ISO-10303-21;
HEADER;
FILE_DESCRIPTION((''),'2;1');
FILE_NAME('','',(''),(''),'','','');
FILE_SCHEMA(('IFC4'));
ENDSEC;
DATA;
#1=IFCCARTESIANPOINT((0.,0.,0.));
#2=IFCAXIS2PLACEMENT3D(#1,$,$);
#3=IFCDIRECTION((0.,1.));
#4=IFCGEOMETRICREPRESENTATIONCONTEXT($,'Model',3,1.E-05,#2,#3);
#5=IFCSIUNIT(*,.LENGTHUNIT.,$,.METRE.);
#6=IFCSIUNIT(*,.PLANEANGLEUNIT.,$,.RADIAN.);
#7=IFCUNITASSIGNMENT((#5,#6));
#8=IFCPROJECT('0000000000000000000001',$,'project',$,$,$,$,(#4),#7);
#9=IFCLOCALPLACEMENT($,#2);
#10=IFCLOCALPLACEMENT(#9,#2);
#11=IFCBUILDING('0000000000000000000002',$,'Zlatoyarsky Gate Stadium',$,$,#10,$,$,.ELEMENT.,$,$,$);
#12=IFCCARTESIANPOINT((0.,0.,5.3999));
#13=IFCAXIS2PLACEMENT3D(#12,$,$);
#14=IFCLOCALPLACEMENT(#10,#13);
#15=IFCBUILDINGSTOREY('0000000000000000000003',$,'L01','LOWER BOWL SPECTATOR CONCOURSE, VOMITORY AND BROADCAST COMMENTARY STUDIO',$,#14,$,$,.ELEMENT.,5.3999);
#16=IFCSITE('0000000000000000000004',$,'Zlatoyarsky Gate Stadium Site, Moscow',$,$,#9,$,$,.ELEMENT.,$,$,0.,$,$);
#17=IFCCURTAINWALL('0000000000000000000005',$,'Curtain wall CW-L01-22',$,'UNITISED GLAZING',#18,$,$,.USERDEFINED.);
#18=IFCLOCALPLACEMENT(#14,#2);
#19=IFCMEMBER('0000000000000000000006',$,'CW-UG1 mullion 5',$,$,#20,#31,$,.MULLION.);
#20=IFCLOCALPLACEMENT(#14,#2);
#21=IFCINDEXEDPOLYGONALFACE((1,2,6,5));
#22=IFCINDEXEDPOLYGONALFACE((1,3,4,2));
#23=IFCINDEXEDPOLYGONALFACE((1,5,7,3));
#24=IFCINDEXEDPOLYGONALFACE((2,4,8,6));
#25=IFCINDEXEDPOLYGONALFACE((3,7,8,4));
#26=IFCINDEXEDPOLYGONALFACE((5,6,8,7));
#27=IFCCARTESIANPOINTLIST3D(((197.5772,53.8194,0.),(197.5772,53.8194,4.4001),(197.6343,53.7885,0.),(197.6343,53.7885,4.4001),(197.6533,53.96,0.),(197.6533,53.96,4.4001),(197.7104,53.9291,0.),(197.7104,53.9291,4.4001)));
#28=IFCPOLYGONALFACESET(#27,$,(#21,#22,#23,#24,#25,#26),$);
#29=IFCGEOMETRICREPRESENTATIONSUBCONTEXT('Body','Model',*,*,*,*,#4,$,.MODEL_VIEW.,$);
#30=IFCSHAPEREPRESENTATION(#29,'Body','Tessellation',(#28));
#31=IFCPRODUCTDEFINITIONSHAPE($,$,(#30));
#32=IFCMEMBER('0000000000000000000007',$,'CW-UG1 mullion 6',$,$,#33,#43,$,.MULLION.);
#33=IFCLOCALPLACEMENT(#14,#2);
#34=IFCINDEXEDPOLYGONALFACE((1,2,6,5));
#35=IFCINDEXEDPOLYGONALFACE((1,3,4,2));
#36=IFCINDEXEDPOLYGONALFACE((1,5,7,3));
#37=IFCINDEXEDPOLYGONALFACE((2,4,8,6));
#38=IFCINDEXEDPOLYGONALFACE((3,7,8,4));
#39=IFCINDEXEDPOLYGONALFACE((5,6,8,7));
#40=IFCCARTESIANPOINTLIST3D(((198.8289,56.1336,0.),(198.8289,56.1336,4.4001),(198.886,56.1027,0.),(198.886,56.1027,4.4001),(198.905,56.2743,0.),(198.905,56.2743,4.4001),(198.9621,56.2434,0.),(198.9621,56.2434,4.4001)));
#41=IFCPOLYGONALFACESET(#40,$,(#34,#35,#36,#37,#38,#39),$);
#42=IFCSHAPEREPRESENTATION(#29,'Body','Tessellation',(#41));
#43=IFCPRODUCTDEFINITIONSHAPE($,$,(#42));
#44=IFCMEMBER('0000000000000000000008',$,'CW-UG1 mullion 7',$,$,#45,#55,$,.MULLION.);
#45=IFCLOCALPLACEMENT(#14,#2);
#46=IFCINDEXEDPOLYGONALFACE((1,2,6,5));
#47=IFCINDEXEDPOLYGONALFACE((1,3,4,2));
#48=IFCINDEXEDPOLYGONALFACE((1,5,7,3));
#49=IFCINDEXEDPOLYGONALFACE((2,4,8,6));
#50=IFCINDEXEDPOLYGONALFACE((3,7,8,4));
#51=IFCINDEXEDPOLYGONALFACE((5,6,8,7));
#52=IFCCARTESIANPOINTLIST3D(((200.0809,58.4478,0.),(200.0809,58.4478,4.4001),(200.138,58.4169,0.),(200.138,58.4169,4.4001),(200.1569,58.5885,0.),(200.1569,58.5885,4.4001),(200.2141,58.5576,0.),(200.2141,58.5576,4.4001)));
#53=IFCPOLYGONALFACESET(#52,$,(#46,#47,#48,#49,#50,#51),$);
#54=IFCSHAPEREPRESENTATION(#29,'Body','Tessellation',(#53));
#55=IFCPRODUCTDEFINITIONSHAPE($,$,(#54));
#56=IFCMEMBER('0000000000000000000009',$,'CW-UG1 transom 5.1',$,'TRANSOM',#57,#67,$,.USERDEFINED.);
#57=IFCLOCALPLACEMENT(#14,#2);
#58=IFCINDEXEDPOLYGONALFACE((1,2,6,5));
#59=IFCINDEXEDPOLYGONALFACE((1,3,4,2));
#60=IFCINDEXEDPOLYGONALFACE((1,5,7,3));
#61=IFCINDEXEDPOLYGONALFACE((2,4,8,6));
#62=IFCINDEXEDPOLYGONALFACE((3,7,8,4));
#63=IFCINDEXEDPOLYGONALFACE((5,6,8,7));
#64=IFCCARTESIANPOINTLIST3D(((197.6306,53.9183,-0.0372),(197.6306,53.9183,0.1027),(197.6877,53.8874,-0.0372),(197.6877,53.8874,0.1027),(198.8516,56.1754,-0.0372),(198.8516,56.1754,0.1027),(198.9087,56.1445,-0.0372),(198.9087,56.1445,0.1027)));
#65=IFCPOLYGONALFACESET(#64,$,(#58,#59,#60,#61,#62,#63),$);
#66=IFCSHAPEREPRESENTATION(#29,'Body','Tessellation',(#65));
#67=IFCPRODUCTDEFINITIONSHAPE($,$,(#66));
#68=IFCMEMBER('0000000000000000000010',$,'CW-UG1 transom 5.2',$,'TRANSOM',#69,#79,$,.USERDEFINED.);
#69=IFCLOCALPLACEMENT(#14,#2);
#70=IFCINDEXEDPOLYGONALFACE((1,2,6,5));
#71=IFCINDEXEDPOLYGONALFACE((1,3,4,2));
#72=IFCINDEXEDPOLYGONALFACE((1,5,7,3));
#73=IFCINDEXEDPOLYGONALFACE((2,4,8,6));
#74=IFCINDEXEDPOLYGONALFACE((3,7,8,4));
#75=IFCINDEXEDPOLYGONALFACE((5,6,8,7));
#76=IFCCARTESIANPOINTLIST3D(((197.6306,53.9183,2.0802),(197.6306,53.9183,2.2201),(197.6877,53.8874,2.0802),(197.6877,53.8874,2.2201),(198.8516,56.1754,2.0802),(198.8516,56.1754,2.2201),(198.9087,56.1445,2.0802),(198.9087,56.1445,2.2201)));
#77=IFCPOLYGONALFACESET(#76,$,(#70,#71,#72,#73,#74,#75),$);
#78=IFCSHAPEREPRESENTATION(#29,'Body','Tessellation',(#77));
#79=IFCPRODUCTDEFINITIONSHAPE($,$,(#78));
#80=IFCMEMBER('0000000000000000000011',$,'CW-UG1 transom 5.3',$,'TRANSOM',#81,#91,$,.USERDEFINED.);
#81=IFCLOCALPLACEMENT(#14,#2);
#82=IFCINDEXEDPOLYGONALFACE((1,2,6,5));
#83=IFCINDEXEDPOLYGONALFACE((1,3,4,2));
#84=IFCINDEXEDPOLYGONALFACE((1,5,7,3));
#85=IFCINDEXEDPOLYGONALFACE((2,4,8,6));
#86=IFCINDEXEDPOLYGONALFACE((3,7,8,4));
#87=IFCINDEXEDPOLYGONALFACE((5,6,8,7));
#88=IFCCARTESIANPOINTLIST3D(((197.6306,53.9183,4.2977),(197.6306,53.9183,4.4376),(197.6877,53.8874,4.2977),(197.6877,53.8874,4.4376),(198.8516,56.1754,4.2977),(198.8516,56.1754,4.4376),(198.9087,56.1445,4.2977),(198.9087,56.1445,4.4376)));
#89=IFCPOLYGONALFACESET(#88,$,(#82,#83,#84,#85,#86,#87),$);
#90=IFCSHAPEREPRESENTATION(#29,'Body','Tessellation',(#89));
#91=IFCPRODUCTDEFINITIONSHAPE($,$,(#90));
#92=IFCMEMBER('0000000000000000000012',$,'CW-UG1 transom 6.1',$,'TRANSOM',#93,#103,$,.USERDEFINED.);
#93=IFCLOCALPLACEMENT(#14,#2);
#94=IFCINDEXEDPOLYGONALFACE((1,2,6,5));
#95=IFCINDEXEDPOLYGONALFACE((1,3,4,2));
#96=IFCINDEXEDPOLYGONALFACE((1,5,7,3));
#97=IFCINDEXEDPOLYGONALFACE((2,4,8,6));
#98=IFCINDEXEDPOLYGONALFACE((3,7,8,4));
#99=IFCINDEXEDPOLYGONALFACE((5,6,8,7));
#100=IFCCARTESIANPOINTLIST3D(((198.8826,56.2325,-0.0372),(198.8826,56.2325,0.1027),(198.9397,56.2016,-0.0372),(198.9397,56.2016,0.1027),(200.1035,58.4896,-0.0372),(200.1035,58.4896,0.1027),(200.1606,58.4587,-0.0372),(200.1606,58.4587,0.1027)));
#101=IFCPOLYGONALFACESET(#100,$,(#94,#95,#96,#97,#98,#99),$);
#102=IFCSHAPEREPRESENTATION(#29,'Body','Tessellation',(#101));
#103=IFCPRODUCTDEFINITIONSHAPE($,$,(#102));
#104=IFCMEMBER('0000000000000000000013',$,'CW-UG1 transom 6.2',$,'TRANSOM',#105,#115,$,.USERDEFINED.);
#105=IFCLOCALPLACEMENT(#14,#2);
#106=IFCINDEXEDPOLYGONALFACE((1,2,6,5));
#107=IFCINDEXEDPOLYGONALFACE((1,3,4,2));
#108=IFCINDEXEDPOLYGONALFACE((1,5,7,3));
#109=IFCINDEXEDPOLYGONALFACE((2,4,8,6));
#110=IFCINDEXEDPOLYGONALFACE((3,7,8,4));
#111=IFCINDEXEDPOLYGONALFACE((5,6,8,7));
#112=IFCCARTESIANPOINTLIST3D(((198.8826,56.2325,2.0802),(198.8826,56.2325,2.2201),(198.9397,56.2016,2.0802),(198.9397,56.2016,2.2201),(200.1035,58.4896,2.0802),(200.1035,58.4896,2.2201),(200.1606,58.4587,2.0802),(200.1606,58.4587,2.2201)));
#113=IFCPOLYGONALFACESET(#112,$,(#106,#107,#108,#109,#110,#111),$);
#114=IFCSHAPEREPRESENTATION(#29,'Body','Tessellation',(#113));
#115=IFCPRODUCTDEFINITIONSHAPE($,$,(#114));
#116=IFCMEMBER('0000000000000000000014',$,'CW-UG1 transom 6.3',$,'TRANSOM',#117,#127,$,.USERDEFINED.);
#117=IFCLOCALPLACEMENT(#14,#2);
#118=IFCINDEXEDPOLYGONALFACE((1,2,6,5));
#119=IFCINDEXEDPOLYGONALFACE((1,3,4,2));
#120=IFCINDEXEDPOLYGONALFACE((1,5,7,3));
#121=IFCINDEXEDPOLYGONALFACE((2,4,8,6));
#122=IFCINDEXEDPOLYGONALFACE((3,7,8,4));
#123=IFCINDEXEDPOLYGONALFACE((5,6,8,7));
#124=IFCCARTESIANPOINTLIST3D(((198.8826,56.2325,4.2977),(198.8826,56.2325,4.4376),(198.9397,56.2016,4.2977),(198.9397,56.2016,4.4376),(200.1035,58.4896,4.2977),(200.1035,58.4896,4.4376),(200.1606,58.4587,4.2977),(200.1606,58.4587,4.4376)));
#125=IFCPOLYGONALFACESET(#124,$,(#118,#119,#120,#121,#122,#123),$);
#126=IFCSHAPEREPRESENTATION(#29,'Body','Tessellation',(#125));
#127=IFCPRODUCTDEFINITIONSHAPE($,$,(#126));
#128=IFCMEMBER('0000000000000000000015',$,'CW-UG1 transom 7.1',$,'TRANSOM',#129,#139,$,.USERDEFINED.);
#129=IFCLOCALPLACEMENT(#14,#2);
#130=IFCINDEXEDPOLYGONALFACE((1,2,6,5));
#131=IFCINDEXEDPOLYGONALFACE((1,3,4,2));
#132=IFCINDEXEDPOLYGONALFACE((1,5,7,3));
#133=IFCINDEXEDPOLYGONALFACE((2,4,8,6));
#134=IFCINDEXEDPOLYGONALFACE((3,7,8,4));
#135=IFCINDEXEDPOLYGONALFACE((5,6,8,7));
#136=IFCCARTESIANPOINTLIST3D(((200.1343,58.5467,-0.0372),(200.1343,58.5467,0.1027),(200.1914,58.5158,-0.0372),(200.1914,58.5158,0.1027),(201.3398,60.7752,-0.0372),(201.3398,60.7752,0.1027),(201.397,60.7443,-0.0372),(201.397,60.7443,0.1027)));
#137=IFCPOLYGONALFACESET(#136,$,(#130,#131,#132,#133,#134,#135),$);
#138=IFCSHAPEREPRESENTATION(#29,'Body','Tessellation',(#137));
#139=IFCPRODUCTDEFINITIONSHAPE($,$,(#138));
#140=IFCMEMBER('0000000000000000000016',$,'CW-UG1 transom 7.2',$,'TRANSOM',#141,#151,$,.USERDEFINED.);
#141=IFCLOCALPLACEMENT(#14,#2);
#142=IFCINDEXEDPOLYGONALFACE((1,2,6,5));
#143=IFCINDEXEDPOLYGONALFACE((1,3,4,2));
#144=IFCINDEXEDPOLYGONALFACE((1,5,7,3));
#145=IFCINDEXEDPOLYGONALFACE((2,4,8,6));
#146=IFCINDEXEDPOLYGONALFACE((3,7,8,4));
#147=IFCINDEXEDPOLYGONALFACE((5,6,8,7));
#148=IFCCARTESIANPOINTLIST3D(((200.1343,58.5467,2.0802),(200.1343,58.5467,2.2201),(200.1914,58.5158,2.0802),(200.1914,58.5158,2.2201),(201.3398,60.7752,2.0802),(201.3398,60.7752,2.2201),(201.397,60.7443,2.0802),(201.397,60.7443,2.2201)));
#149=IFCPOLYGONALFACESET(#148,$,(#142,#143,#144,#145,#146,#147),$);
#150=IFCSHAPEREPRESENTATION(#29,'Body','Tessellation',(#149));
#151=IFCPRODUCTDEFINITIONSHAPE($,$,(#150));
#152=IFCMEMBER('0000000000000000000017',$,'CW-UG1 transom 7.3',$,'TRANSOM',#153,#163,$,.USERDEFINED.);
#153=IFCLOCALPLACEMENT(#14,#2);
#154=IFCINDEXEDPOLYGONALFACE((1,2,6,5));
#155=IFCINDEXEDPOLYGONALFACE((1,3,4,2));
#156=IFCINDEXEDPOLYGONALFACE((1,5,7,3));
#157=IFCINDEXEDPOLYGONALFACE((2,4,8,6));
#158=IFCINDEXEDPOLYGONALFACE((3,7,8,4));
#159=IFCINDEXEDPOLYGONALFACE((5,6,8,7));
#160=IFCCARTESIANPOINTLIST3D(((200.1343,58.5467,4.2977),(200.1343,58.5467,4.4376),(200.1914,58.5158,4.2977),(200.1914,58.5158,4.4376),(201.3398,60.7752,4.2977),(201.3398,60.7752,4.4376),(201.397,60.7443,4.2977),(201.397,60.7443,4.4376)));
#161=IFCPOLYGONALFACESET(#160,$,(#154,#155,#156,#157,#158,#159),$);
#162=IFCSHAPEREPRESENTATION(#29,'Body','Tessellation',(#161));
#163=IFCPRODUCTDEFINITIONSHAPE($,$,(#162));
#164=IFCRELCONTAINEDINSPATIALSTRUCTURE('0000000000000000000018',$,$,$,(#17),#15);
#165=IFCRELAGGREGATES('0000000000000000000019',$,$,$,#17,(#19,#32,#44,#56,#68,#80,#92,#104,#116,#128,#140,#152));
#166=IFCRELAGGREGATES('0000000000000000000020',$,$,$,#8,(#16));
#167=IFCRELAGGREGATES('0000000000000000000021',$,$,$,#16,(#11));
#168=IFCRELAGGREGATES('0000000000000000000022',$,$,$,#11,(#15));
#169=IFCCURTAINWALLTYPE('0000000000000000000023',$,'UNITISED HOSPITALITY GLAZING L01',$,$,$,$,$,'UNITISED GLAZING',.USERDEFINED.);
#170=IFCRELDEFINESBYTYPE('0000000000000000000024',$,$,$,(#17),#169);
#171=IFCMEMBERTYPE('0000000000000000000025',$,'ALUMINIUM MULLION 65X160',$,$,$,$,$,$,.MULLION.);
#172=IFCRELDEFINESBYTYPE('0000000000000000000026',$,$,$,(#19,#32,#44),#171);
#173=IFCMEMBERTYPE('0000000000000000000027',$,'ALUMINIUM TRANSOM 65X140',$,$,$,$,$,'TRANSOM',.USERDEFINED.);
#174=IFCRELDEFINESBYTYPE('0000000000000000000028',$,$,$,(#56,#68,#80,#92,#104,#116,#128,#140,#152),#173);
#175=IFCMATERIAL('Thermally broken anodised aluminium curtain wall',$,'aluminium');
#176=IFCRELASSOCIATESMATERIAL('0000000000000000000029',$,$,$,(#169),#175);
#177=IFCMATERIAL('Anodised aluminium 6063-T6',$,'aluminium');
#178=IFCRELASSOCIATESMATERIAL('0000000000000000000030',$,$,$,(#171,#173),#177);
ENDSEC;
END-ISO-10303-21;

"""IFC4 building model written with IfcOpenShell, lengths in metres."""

from ifc_helpers import new_model, si_unit, direction, frame, origin, origin_2d, place, context, subcontext, project, spatial, rectangle, extrude, material, material_profile, profile_set, type_object, element, aggregate, save


model = new_model("IFC4")

# Units and contexts
model_context = context("Model", 3, precision=1e-05, world=origin(), true_north=direction((0.0, 1.0)))
body_context = subcontext(model_context, "Body", "Model", "MODEL_VIEW")
ifc_project = project(units=[si_unit("LENGTHUNIT", "METRE"), si_unit("PLANEANGLEUNIT", "RADIAN")], contexts=[model_context])

# Site, building, storey
site_placement = place(None, origin())
site = spatial("IfcSite", under=ifc_project, at=site_placement, Name="Zlatoyarsky Gate Stadium Site, Moscow", CompositionType="ELEMENT", RefElevation=0.0)
building_placement = place(site_placement, origin())
building = spatial("IfcBuilding", under=site, at=building_placement, Name="Zlatoyarsky Gate Stadium", CompositionType="ELEMENT")
storey_placement = place(building_placement, frame((0.0, 0.0, 5.3999)))
storey = spatial("IfcBuildingStorey", under=building, at=storey_placement, Name="L01", Description="LOWER BOWL SPECTATOR CONCOURSE, VOMITORY AND BROADCAST COMMENTARY STUDIO", CompositionType="ELEMENT", Elevation=5.3999)

# Curtain wall, members
ifc_material_1 = material(Name="Thermally broken anodised aluminium curtain wall", Category="aluminium")
curtain_wall_type = type_object("IfcCurtainWallType", Name="UNITISED HOSPITALITY GLAZING L01", ElementType="UNITISED GLAZING", PredefinedType="USERDEFINED", material=ifc_material_1)
curtain_wall_placement = place(storey_placement, origin())
curtain_wall = element("IfcCurtainWall", 1, at=curtain_wall_placement, inside=storey, type_object=curtain_wall_type, Name="Curtain wall CW-L01-22", ObjectType="UNITISED GLAZING", PredefinedType="USERDEFINED")
ifc_material_2 = material(Name="Anodised aluminium 6063-T6", Category="aluminium")
ifc_material_profile_1 = material_profile(ifc_material_2, rectangle(XDim=0.0649, YDim=0.1599, at=origin_2d()), Name="ALU 65X160")
ifc_profile_set_1 = profile_set([ifc_material_profile_1], Name="Anodised aluminium 6063-T6")
member_type_1 = type_object("IfcMemberType", Name="ALUMINIUM MULLION 65X160", PredefinedType="MULLION", material=ifc_profile_set_1)
member_1_placement = place(storey_placement, frame((197.6438, 53.8743, 0.0), z_axis=(0.0, 0.0, 1.0), x_axis=(-0.879562, 0.475784, 0.0)))
member_1 = element("IfcMember", 2, at=member_1_placement, type_object=member_type_1, Name="CW-UG1 mullion 5", PredefinedType="MULLION", context=body_context, shape_type="SweptSolid", body=[
    extrude(rectangle(XDim=0.0649, YDim=0.1599, at=origin_2d()), origin(), (0.0, 0.0, 1.0), 4.4001),
])
member_2_placement = place(storey_placement, frame((198.8955, 56.1885, 0.0), z_axis=(0.0, 0.0, 1.0), x_axis=(-0.879562, 0.475784, 0.0)))
member_2 = element("IfcMember", 3, at=member_2_placement, type_object=member_type_1, Name="CW-UG1 mullion 6", PredefinedType="MULLION", context=body_context, shape_type="SweptSolid", body=[
    extrude(rectangle(XDim=0.0649, YDim=0.1599, at=origin_2d()), origin(), (0.0, 0.0, 1.0), 4.4001),
])
member_3_placement = place(storey_placement, frame((200.1475, 58.5027, 0.0), z_axis=(0.0, 0.0, 1.0), x_axis=(-0.879562, 0.475784, 0.0)))
member_3 = element("IfcMember", 4, at=member_3_placement, type_object=member_type_1, Name="CW-UG1 mullion 7", PredefinedType="MULLION", context=body_context, shape_type="SweptSolid", body=[
    extrude(rectangle(XDim=0.0649, YDim=0.1599, at=origin_2d()), origin(), (0.0, 0.0, 1.0), 4.4001),
])
ifc_material_profile_2 = material_profile(ifc_material_2, rectangle(XDim=0.0649, YDim=0.1399, at=origin_2d()), Name="ALU 65X140")
ifc_profile_set_2 = profile_set([ifc_material_profile_2], Name="Anodised aluminium 6063-T6")
member_type_2 = type_object("IfcMemberType", Name="ALUMINIUM TRANSOM 65X140", ElementType="TRANSOM", PredefinedType="USERDEFINED", material=ifc_profile_set_2)
member_4_placement = place(storey_placement, frame((197.6592, 53.9028, 0.0327), z_axis=(0.47579, 0.879559, 0.0), x_axis=(-0.879559, 0.47579, 0.0)))
member_4 = element("IfcMember", 5, at=member_4_placement, type_object=member_type_2, Name="CW-UG1 transom 5.1", ObjectType="TRANSOM", PredefinedType="USERDEFINED", context=body_context, shape_type="SweptSolid", body=[
    extrude(rectangle(XDim=0.0649, YDim=0.1399, at=origin_2d()), origin(), (0.0, 0.0, 1.0), 2.5662),
])
member_5_placement = place(storey_placement, frame((197.6592, 53.9028, 2.1501), z_axis=(0.47579, 0.879559, 0.0), x_axis=(-0.879559, 0.47579, 0.0)))
member_5 = element("IfcMember", 6, at=member_5_placement, type_object=member_type_2, Name="CW-UG1 transom 5.2", ObjectType="TRANSOM", PredefinedType="USERDEFINED", context=body_context, shape_type="SweptSolid", body=[
    extrude(rectangle(XDim=0.0649, YDim=0.1399, at=origin_2d()), origin(), (0.0, 0.0, 1.0), 2.5662),
])
member_6_placement = place(storey_placement, frame((197.6592, 53.9028, 4.3677), z_axis=(0.47579, 0.879559, 0.0), x_axis=(-0.879559, 0.47579, 0.0)))
member_6 = element("IfcMember", 7, at=member_6_placement, type_object=member_type_2, Name="CW-UG1 transom 5.3", ObjectType="TRANSOM", PredefinedType="USERDEFINED", context=body_context, shape_type="SweptSolid", body=[
    extrude(rectangle(XDim=0.0649, YDim=0.1399, at=origin_2d()), origin(), (0.0, 0.0, 1.0), 2.5662),
])
member_7_placement = place(storey_placement, frame((198.9111, 56.217, 0.0327), z_axis=(0.47579, 0.879559, 0.0), x_axis=(-0.879559, 0.47579, 0.0)))
member_7 = element("IfcMember", 8, at=member_7_placement, type_object=member_type_2, Name="CW-UG1 transom 6.1", ObjectType="TRANSOM", PredefinedType="USERDEFINED", context=body_context, shape_type="SweptSolid", body=[
    extrude(rectangle(XDim=0.0649, YDim=0.1399, at=origin_2d()), origin(), (0.0, 0.0, 1.0), 2.5662),
])
member_8_placement = place(storey_placement, frame((198.9111, 56.217, 2.1501), z_axis=(0.47579, 0.879559, 0.0), x_axis=(-0.879559, 0.47579, 0.0)))
member_8 = element("IfcMember", 9, at=member_8_placement, type_object=member_type_2, Name="CW-UG1 transom 6.2", ObjectType="TRANSOM", PredefinedType="USERDEFINED", context=body_context, shape_type="SweptSolid", body=[
    extrude(rectangle(XDim=0.0649, YDim=0.1399, at=origin_2d()), origin(), (0.0, 0.0, 1.0), 2.5662),
])
member_9_placement = place(storey_placement, frame((198.9111, 56.217, 4.3677), z_axis=(0.47579, 0.879559, 0.0), x_axis=(-0.879559, 0.47579, 0.0)))
member_9 = element("IfcMember", 10, at=member_9_placement, type_object=member_type_2, Name="CW-UG1 transom 6.3", ObjectType="TRANSOM", PredefinedType="USERDEFINED", context=body_context, shape_type="SweptSolid", body=[
    extrude(rectangle(XDim=0.0649, YDim=0.1399, at=origin_2d()), origin(), (0.0, 0.0, 1.0), 2.5662),
])
member_10_placement = place(storey_placement, frame((200.1628, 58.5312, 0.0327), z_axis=(0.475811, 0.879547, 0.0), x_axis=(-0.879547, 0.475811, 0.0)))
member_10 = element("IfcMember", 11, at=member_10_placement, type_object=member_type_2, Name="CW-UG1 transom 7.1", ObjectType="TRANSOM", PredefinedType="USERDEFINED", context=body_context, shape_type="SweptSolid", body=[
    extrude(rectangle(XDim=0.0649, YDim=0.1399, at=origin_2d()), origin(), (0.0, 0.0, 1.0), 2.5337),
])
member_11_placement = place(storey_placement, frame((200.1628, 58.5312, 2.1501), z_axis=(0.475811, 0.879547, 0.0), x_axis=(-0.879547, 0.475811, 0.0)))
member_11 = element("IfcMember", 12, at=member_11_placement, type_object=member_type_2, Name="CW-UG1 transom 7.2", ObjectType="TRANSOM", PredefinedType="USERDEFINED", context=body_context, shape_type="SweptSolid", body=[
    extrude(rectangle(XDim=0.0649, YDim=0.1399, at=origin_2d()), origin(), (0.0, 0.0, 1.0), 2.5337),
])
member_12_placement = place(storey_placement, frame((200.1628, 58.5312, 4.3677), z_axis=(0.475811, 0.879547, 0.0), x_axis=(-0.879547, 0.475811, 0.0)))
member_12 = element("IfcMember", 13, at=member_12_placement, type_object=member_type_2, Name="CW-UG1 transom 7.3", ObjectType="TRANSOM", PredefinedType="USERDEFINED", context=body_context, shape_type="SweptSolid", body=[
    extrude(rectangle(XDim=0.0649, YDim=0.1399, at=origin_2d()), origin(), (0.0, 0.0, 1.0), 2.5337),
])

aggregate(curtain_wall, [member_1, member_2, member_3, member_4, member_5, member_6, member_7, member_8, member_9, member_10, member_11, member_12])

save(model, "model.ifc")
